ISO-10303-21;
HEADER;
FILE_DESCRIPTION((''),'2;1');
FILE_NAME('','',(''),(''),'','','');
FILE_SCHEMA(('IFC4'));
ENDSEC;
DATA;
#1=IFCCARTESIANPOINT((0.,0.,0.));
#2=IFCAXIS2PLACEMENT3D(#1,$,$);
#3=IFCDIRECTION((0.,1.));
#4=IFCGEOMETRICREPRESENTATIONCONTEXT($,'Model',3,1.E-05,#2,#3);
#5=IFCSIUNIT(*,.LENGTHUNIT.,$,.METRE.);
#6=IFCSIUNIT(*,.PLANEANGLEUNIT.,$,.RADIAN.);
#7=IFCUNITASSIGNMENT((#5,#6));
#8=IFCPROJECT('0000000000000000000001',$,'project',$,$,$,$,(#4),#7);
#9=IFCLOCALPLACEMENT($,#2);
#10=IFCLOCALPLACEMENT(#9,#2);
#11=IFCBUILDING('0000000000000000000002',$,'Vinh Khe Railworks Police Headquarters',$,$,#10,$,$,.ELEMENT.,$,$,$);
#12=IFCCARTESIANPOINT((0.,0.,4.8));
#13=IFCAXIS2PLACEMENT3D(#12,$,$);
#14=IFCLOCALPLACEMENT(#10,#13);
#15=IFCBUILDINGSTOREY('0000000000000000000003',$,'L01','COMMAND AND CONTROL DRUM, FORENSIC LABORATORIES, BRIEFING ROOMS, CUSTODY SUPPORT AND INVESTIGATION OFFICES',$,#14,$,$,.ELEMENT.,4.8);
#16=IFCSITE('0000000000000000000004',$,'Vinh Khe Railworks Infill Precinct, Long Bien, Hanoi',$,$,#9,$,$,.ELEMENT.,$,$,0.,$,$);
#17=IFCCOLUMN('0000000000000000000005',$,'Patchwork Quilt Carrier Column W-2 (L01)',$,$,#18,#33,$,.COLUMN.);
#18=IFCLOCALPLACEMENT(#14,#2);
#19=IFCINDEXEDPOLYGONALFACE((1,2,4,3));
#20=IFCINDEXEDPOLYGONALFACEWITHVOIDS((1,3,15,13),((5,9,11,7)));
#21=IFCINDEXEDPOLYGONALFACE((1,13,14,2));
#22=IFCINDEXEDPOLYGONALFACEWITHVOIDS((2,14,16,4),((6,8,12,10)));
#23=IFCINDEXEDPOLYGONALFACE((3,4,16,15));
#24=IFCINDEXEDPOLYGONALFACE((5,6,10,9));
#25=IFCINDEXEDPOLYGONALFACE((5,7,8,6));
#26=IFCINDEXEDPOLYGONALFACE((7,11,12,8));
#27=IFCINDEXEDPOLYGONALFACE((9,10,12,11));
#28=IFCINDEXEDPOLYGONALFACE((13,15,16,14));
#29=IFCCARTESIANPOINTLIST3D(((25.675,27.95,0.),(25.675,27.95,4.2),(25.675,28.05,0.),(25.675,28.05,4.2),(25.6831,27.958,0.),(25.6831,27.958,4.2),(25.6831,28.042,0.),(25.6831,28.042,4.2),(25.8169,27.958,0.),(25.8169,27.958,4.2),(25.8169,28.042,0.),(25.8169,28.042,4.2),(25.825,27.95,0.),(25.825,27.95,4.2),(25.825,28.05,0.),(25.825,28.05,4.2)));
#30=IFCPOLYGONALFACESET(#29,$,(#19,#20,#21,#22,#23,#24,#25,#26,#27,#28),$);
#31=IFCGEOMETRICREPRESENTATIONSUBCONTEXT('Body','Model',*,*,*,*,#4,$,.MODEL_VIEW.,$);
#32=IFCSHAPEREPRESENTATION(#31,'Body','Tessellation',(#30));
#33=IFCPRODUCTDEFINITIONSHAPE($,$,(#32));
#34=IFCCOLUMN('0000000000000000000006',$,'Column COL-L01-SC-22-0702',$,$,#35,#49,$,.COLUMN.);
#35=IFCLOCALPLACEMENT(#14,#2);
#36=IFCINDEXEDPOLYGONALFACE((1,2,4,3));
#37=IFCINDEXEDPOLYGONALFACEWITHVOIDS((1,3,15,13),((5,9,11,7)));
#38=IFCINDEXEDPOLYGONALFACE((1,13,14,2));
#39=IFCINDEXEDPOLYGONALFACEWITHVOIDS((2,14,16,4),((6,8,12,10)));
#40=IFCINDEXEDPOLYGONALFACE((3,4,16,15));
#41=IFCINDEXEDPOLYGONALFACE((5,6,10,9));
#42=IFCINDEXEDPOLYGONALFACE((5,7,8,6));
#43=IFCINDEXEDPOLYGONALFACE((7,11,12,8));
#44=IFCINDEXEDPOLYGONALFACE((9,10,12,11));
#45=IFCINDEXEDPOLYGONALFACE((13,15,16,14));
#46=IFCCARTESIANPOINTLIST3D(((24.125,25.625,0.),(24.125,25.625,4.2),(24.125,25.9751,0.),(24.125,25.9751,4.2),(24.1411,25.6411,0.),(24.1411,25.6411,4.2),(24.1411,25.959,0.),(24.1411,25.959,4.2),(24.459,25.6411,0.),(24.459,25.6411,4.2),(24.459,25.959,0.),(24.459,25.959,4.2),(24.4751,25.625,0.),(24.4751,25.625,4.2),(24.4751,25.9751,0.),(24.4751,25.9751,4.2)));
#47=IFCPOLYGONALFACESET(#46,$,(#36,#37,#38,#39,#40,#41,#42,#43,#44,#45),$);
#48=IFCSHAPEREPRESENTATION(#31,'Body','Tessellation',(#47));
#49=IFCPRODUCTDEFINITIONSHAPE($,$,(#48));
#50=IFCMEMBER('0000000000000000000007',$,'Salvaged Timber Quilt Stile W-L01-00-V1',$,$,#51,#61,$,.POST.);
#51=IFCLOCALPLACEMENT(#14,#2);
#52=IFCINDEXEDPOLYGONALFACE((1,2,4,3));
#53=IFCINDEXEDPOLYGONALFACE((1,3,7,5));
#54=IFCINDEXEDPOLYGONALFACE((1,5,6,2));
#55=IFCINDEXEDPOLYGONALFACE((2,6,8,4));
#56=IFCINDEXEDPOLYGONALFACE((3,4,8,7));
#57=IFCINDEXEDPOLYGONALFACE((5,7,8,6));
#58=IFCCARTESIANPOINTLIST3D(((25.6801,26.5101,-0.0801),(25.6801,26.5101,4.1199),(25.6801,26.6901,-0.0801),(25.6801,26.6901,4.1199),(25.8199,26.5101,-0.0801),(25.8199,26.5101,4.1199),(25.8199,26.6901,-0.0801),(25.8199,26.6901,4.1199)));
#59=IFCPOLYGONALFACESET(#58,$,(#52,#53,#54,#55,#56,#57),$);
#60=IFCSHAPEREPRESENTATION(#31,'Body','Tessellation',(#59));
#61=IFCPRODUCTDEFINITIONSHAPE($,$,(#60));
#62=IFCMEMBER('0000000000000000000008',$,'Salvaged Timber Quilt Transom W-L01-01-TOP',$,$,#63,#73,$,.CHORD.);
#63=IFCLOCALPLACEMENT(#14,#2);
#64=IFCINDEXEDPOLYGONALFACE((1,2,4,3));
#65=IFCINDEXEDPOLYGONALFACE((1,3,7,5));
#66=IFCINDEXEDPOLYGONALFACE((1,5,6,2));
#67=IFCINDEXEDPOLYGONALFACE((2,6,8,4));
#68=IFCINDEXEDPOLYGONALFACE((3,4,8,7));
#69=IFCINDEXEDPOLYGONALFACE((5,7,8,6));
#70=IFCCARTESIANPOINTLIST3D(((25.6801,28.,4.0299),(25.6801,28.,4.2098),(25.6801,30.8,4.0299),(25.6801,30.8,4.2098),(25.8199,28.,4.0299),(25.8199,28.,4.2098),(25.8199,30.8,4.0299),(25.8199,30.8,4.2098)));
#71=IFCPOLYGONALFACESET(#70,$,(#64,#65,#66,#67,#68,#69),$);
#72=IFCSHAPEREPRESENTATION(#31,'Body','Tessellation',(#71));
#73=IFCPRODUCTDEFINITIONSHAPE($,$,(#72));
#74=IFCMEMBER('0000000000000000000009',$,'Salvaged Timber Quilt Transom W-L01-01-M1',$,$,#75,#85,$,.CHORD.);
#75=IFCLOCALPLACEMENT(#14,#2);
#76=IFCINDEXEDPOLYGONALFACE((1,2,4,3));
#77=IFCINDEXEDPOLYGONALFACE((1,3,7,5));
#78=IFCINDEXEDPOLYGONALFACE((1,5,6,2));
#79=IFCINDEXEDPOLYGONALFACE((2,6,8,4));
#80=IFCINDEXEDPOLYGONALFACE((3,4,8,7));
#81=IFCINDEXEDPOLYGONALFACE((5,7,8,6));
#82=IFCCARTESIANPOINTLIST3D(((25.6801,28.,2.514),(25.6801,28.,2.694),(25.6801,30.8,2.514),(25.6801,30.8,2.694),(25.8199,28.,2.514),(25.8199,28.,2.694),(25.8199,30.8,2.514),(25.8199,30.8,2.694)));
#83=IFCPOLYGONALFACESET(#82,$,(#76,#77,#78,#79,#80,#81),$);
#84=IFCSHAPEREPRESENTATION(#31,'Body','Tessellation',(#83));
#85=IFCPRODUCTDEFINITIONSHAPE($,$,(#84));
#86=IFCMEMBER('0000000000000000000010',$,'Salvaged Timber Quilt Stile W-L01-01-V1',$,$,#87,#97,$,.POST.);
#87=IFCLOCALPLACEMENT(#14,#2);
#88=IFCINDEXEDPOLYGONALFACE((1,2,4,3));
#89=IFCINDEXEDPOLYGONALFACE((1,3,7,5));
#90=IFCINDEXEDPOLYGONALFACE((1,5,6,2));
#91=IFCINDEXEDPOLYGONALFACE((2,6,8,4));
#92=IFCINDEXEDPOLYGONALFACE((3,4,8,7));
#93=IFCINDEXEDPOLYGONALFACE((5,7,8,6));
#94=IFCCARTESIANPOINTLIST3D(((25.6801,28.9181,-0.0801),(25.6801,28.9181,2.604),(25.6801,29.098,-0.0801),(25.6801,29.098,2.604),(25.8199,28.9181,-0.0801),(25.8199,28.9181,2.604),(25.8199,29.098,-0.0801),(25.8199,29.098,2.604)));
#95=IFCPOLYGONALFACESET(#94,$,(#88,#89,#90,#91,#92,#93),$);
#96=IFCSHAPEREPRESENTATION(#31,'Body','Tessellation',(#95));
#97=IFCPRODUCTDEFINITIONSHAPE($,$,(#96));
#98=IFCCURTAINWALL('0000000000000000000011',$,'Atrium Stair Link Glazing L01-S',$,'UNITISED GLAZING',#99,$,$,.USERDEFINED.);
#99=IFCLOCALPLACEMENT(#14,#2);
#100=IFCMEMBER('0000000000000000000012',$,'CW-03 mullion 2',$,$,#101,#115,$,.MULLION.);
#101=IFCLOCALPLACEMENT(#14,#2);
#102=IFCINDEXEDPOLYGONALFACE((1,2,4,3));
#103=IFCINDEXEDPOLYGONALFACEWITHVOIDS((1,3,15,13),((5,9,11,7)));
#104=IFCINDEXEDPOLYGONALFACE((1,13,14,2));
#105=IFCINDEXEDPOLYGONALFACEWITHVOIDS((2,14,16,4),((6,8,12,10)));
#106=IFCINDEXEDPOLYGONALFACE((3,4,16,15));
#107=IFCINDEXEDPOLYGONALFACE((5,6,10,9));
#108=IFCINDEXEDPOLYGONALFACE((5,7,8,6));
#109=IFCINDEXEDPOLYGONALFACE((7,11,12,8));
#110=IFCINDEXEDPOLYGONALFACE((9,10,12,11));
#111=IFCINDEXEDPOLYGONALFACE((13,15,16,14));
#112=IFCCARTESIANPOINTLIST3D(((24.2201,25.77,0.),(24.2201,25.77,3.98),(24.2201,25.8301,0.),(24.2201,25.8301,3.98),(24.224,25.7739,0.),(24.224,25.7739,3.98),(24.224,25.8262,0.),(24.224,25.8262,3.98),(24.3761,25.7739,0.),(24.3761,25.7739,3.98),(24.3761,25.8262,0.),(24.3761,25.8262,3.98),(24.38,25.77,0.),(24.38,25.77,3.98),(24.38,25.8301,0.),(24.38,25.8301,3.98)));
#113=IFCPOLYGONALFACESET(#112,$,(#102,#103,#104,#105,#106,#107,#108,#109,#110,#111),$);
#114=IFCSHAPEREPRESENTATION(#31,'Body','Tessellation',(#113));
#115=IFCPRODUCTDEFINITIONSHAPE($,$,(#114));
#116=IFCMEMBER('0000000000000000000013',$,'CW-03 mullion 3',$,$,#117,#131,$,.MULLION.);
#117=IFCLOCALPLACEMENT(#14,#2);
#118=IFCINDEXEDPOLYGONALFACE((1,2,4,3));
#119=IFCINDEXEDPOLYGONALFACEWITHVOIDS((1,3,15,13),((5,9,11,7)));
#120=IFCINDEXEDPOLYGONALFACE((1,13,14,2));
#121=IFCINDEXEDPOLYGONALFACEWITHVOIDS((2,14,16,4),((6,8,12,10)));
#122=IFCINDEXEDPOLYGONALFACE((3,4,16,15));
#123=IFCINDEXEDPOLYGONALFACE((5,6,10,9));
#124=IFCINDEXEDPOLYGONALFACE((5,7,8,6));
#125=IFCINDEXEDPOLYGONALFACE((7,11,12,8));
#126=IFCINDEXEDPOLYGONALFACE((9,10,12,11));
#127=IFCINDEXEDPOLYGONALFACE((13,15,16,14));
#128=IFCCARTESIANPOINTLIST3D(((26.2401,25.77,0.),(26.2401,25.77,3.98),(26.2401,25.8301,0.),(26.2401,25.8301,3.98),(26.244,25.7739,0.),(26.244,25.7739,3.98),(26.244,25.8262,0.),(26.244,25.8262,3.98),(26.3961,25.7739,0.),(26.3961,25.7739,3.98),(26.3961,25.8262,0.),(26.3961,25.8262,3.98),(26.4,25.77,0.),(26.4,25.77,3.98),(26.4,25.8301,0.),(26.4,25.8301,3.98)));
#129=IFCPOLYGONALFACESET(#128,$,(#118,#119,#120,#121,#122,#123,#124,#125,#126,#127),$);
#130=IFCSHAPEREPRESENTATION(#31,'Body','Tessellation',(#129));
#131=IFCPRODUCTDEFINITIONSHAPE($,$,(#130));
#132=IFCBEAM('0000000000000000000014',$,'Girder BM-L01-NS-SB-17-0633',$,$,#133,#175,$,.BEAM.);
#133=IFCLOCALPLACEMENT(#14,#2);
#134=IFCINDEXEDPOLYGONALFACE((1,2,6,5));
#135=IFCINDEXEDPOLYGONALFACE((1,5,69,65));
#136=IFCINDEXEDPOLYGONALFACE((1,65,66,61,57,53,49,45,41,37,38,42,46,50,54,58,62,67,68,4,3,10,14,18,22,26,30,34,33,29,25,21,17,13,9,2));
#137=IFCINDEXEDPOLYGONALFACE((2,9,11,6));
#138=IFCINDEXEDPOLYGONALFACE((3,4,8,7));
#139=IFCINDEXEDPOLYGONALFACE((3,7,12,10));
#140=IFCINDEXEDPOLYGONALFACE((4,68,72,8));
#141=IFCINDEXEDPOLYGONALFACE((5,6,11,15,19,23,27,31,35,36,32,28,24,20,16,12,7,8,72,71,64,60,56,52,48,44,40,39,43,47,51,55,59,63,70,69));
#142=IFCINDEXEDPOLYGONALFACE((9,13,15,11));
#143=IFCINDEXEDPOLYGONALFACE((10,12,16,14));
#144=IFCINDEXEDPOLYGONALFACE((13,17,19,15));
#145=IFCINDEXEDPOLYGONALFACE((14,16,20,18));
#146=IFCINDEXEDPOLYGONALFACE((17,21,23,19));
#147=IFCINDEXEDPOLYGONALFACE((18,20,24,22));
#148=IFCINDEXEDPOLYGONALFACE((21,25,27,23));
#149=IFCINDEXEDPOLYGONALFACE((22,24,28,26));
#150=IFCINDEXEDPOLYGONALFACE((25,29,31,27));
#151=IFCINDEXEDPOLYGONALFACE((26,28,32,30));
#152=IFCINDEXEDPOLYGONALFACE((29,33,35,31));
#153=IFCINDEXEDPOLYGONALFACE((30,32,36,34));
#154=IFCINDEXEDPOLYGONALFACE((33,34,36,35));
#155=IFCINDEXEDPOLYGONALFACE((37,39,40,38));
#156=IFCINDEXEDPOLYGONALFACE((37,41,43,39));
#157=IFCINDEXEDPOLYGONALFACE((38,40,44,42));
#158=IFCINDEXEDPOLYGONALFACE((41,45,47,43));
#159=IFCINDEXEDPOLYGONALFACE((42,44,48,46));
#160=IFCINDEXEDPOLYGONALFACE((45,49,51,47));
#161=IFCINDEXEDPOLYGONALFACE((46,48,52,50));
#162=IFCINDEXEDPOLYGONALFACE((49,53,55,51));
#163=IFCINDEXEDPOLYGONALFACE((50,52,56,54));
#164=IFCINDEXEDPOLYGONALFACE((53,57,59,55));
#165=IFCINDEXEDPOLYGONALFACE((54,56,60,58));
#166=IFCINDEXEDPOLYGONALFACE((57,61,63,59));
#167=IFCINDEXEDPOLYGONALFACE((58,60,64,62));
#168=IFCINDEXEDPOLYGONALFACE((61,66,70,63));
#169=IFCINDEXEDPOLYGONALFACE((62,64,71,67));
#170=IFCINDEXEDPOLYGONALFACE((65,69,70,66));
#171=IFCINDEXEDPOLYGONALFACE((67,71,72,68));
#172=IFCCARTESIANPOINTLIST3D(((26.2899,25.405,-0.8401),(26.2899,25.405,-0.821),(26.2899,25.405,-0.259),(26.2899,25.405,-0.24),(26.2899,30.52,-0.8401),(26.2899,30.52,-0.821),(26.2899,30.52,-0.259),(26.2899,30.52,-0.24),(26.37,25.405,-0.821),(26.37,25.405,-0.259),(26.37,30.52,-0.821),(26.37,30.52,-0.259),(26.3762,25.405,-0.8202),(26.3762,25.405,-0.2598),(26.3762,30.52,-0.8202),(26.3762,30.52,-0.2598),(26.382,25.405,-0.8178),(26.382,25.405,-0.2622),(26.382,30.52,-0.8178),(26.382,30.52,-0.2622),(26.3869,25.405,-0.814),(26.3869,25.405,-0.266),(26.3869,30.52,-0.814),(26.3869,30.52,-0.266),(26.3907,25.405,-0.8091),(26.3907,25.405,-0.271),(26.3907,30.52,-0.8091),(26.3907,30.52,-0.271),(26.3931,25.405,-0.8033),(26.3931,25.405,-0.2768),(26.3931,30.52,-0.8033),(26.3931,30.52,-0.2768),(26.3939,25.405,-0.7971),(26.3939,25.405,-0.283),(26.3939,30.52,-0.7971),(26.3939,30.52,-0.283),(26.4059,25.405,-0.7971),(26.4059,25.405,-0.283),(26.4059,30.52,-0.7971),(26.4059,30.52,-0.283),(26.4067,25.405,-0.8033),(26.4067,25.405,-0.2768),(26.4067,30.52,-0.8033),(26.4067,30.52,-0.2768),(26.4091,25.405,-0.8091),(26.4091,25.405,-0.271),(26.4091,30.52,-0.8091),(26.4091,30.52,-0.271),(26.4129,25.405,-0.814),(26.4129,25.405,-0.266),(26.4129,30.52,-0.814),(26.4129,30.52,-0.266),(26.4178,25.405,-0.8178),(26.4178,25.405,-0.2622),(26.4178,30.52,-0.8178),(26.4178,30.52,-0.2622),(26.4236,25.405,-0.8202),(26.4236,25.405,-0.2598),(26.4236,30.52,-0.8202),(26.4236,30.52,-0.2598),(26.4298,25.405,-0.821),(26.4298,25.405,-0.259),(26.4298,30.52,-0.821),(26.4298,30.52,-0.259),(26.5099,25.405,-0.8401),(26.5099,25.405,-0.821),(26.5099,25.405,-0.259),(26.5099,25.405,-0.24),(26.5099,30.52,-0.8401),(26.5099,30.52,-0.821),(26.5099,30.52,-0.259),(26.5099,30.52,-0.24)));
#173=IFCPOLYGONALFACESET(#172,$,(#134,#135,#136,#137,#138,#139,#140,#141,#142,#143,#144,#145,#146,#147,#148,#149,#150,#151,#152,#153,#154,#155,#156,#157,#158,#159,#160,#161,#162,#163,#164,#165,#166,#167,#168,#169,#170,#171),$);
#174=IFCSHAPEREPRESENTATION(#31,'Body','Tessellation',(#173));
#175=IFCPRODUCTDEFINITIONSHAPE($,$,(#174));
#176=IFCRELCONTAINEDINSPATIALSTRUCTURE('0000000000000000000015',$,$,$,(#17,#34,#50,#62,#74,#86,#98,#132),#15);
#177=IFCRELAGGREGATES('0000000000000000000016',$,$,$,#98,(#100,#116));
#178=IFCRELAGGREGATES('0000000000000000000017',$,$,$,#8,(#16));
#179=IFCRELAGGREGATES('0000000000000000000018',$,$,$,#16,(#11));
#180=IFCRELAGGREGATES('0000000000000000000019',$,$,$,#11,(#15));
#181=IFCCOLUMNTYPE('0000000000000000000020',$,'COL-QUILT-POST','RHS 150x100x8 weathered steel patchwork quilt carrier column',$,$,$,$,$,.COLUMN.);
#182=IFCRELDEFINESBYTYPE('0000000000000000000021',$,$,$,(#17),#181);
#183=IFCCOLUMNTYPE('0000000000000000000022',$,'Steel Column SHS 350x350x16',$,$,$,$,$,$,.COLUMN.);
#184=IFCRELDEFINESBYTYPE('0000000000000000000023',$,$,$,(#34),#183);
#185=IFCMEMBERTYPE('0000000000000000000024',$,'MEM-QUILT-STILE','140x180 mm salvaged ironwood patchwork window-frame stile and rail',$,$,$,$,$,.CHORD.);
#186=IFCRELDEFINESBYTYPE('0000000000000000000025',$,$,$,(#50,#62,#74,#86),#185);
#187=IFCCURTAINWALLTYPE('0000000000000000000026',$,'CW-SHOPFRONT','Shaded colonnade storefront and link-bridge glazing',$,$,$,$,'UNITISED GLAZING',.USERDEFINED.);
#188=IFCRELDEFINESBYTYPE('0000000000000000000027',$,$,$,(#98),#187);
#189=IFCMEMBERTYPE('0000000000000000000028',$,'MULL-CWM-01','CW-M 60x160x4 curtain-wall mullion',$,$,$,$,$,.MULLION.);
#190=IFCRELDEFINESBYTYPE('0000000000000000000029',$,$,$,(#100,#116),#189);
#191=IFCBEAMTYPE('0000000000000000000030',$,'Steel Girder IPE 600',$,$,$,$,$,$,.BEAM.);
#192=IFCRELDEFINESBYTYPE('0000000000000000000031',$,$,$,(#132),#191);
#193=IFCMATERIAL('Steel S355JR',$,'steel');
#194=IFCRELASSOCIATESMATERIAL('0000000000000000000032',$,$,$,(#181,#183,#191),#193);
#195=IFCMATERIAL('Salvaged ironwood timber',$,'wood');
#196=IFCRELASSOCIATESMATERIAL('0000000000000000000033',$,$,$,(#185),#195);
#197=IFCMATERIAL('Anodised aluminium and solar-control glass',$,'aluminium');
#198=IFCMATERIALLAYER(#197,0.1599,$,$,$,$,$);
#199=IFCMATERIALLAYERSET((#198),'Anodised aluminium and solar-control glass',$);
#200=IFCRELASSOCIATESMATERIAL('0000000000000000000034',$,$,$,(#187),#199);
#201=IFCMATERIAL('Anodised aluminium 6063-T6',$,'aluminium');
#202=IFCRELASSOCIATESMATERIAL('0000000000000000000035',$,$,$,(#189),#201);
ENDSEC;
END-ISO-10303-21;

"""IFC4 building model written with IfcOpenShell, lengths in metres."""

from ifc_helpers import new_model, si_unit, direction, frame, origin, origin_2d, place, context, subcontext, project, spatial, rectangle, hollow_rectangle, i_section, extrude, material, layer, layer_set, material_profile, profile_set, type_object, element, aggregate, save


model = new_model("IFC4")

# Units and contexts
model_context = context("Model", 3, precision=1e-05, world=origin(), true_north=direction((0.0, 1.0)))
body_context = subcontext(model_context, "Body", "Model", "MODEL_VIEW")
ifc_project = project(units=[si_unit("LENGTHUNIT", "METRE"), si_unit("PLANEANGLEUNIT", "RADIAN")], contexts=[model_context])

# Site, building, storey
site_placement = place(None, origin())
site = spatial("IfcSite", under=ifc_project, at=site_placement, Name="Vinh Khe Railworks Infill Precinct, Long Bien, Hanoi", CompositionType="ELEMENT", RefElevation=0.0)
building_placement = place(site_placement, origin())
building = spatial("IfcBuilding", under=site, at=building_placement, Name="Vinh Khe Railworks Police Headquarters", CompositionType="ELEMENT")
storey_placement = place(building_placement, frame((0.0, 0.0, 4.8)))
storey = spatial("IfcBuildingStorey", under=building, at=storey_placement, Name="L01", Description="COMMAND AND CONTROL DRUM, FORENSIC LABORATORIES, BRIEFING ROOMS, CUSTODY SUPPORT AND INVESTIGATION OFFICES", CompositionType="ELEMENT", Elevation=4.8)

# Columns
ifc_material_1 = material(Name="Steel S355JR", Category="steel")
ifc_material_profile_1 = material_profile(ifc_material_1, hollow_rectangle(XDim=0.1499, YDim=0.1001, WallThickness=0.0081, at=origin_2d()), Name="RHS 150x100x8")
ifc_profile_set_1 = profile_set([ifc_material_profile_1], Name="Steel S355JR")
column_type_1 = type_object("IfcColumnType", Name="COL-QUILT-POST", Description="RHS 150x100x8 weathered steel patchwork quilt carrier column", PredefinedType="COLUMN", material=ifc_profile_set_1)
column_1_placement = place(storey_placement, frame((25.75, 28.0, 0.0), z_axis=(0.0, 0.0, 1.0), x_axis=(1.0, 0.0, 0.0)))
element("IfcColumn", 1, at=column_1_placement, inside=storey, type_object=column_type_1, Name="Patchwork Quilt Carrier Column W-2 (L01)", PredefinedType="COLUMN", context=body_context, shape_type="SweptSolid", body=[
    extrude(hollow_rectangle(XDim=0.1499, YDim=0.1001, WallThickness=0.0081, at=origin_2d()), origin(), (0.0, 0.0, 1.0), 4.2),
])
ifc_material_profile_2 = material_profile(ifc_material_1, hollow_rectangle(XDim=0.3501, YDim=0.3501, WallThickness=0.0161, at=origin_2d()), Name="SHS 350x350x16")
ifc_profile_set_2 = profile_set([ifc_material_profile_2], Name="Steel S355JR")
column_type_2 = type_object("IfcColumnType", Name="Steel Column SHS 350x350x16", PredefinedType="COLUMN", material=ifc_profile_set_2)
column_2_placement = place(storey_placement, frame((24.3, 25.8, 0.0), z_axis=(0.0, 0.0, 1.0), x_axis=(1.0, 0.0, 0.0)))
element("IfcColumn", 2, at=column_2_placement, inside=storey, type_object=column_type_2, Name="Column COL-L01-SC-22-0702", PredefinedType="COLUMN", context=body_context, shape_type="SweptSolid", body=[
    extrude(hollow_rectangle(XDim=0.3501, YDim=0.3501, WallThickness=0.0161, at=origin_2d()), origin(), (0.0, 0.0, 1.0), 4.2),
])

# Members
ifc_material_2 = material(Name="Salvaged ironwood timber", Category="wood")
ifc_material_profile_3 = material_profile(ifc_material_2, rectangle(XDim=0.1399, YDim=0.1799, at=origin_2d()), Name="TIMBER 140x180")
ifc_profile_set_3 = profile_set([ifc_material_profile_3], Name="Salvaged ironwood timber")
member_type_1 = type_object("IfcMemberType", Name="MEM-QUILT-STILE", Description="140x180 mm salvaged ironwood patchwork window-frame stile and rail", PredefinedType="CHORD", material=ifc_profile_set_3)
member_1_placement = place(storey_placement, frame((25.75, 26.6001, -0.0801), z_axis=(0.0, 0.0, 1.0), x_axis=(1.0, 0.0, 0.0)))
element("IfcMember", 3, at=member_1_placement, inside=storey, type_object=member_type_1, Name="Salvaged Timber Quilt Stile W-L01-00-V1", PredefinedType="POST", context=body_context, shape_type="SweptSolid", body=[
    extrude(rectangle(XDim=0.1399, YDim=0.1799, at=origin_2d()), origin(), (0.0, 0.0, 1.0), 4.2),
])
for number, where, z_axis, x_axis, name in (
    (4, (25.75, 28.0, 4.1199), (0.0, 1.0, 0.0), (-1.0, 0.0, 0.0), "Salvaged Timber Quilt Transom W-L01-01-TOP"),
    (5, (25.75, 28.0, 2.604), (0.0, 1.0, 0.0), (-1.0, 0.0, 0.0), "Salvaged Timber Quilt Transom W-L01-01-M1"),
):
    element("IfcMember", number, at=place(storey_placement, frame(where, z_axis=z_axis, x_axis=x_axis)), inside=storey, type_object=member_type_1, Name=name, PredefinedType="CHORD", context=body_context, shape_type="SweptSolid", body=[
        extrude(rectangle(XDim=0.1399, YDim=0.1799, at=origin_2d()), origin(), (0.0, 0.0, 1.0), 2.8),
    ])
member_2_placement = place(storey_placement, frame((25.75, 29.0081, -0.0801), z_axis=(0.0, 0.0, 1.0), x_axis=(1.0, 0.0, 0.0)))
element("IfcMember", 6, at=member_2_placement, inside=storey, type_object=member_type_1, Name="Salvaged Timber Quilt Stile W-L01-01-V1", PredefinedType="POST", context=body_context, shape_type="SweptSolid", body=[
    extrude(rectangle(XDim=0.1399, YDim=0.1799, at=origin_2d()), origin(), (0.0, 0.0, 1.0), 2.6841),
])

# Curtain wall, members
ifc_material_3 = material(Name="Anodised aluminium and solar-control glass", Category="aluminium")
ifc_layer_1 = layer(ifc_material_3, 0.1599)
ifc_layer_set_1 = layer_set([ifc_layer_1], Name="Anodised aluminium and solar-control glass")
curtain_wall_type = type_object("IfcCurtainWallType", Name="CW-SHOPFRONT", Description="Shaded colonnade storefront and link-bridge glazing", ElementType="UNITISED GLAZING", PredefinedType="USERDEFINED", material=ifc_layer_set_1)
curtain_wall_placement = place(storey_placement, origin())
curtain_wall = element("IfcCurtainWall", 7, at=curtain_wall_placement, inside=storey, type_object=curtain_wall_type, Name="Atrium Stair Link Glazing L01-S", ObjectType="UNITISED GLAZING", PredefinedType="USERDEFINED")
ifc_material_4 = material(Name="Anodised aluminium 6063-T6", Category="aluminium")
ifc_material_profile_4 = material_profile(ifc_material_4, hollow_rectangle(XDim=0.0601, YDim=0.1599, WallThickness=0.0039, at=origin_2d()), Name="CW-M 60x160x4")
ifc_profile_set_4 = profile_set([ifc_material_profile_4], Name="Anodised aluminium 6063-T6")
member_type_2 = type_object("IfcMemberType", Name="MULL-CWM-01", Description="CW-M 60x160x4 curtain-wall mullion", PredefinedType="MULLION", material=ifc_profile_set_4)
member_3_placement = place(storey_placement, frame((24.3, 25.8, 0.0), z_axis=(0.0, 0.0, 1.0), x_axis=(0.0, 1.0, 0.0)))
member_3 = element("IfcMember", 8, at=member_3_placement, type_object=member_type_2, Name="CW-03 mullion 2", PredefinedType="MULLION", context=body_context, shape_type="SweptSolid", body=[
    extrude(hollow_rectangle(XDim=0.0601, YDim=0.1599, WallThickness=0.0039, at=origin_2d()), origin(), (0.0, 0.0, 1.0), 3.98),
])
member_4_placement = place(storey_placement, frame((26.3201, 25.8, 0.0), z_axis=(0.0, 0.0, 1.0), x_axis=(0.0, 1.0, 0.0)))
member_4 = element("IfcMember", 9, at=member_4_placement, type_object=member_type_2, Name="CW-03 mullion 3", PredefinedType="MULLION", context=body_context, shape_type="SweptSolid", body=[
    extrude(hollow_rectangle(XDim=0.0601, YDim=0.1599, WallThickness=0.0039, at=origin_2d()), origin(), (0.0, 0.0, 1.0), 3.98),
])

# Beam
ifc_material_profile_5 = material_profile(ifc_material_1, i_section(OverallWidth=0.22, OverallDepth=0.6001, WebThickness=0.012, FlangeThickness=0.019, FilletRadius=0.0239, at=origin_2d()), Name="IPE 600")
ifc_profile_set_5 = profile_set([ifc_material_profile_5], Name="Steel S355JR")
beam_type = type_object("IfcBeamType", Name="Steel Girder IPE 600", PredefinedType="BEAM", material=ifc_profile_set_5)
beam_placement = place(storey_placement, frame((26.3999, 25.405, -0.54), z_axis=(0.0, 1.0, 0.0), x_axis=(-1.0, 0.0, 0.0)))
element("IfcBeam", 10, at=beam_placement, inside=storey, type_object=beam_type, Name="Girder BM-L01-NS-SB-17-0633", PredefinedType="BEAM", context=body_context, shape_type="SweptSolid", body=[
    extrude(i_section(OverallWidth=0.22, OverallDepth=0.6001, WebThickness=0.012, FlangeThickness=0.019, FilletRadius=0.0239, at=origin_2d()), origin(), (0.0, 0.0, 1.0), 5.115),
])

aggregate(curtain_wall, [member_3, member_4])

save(model, "model.ifc")
